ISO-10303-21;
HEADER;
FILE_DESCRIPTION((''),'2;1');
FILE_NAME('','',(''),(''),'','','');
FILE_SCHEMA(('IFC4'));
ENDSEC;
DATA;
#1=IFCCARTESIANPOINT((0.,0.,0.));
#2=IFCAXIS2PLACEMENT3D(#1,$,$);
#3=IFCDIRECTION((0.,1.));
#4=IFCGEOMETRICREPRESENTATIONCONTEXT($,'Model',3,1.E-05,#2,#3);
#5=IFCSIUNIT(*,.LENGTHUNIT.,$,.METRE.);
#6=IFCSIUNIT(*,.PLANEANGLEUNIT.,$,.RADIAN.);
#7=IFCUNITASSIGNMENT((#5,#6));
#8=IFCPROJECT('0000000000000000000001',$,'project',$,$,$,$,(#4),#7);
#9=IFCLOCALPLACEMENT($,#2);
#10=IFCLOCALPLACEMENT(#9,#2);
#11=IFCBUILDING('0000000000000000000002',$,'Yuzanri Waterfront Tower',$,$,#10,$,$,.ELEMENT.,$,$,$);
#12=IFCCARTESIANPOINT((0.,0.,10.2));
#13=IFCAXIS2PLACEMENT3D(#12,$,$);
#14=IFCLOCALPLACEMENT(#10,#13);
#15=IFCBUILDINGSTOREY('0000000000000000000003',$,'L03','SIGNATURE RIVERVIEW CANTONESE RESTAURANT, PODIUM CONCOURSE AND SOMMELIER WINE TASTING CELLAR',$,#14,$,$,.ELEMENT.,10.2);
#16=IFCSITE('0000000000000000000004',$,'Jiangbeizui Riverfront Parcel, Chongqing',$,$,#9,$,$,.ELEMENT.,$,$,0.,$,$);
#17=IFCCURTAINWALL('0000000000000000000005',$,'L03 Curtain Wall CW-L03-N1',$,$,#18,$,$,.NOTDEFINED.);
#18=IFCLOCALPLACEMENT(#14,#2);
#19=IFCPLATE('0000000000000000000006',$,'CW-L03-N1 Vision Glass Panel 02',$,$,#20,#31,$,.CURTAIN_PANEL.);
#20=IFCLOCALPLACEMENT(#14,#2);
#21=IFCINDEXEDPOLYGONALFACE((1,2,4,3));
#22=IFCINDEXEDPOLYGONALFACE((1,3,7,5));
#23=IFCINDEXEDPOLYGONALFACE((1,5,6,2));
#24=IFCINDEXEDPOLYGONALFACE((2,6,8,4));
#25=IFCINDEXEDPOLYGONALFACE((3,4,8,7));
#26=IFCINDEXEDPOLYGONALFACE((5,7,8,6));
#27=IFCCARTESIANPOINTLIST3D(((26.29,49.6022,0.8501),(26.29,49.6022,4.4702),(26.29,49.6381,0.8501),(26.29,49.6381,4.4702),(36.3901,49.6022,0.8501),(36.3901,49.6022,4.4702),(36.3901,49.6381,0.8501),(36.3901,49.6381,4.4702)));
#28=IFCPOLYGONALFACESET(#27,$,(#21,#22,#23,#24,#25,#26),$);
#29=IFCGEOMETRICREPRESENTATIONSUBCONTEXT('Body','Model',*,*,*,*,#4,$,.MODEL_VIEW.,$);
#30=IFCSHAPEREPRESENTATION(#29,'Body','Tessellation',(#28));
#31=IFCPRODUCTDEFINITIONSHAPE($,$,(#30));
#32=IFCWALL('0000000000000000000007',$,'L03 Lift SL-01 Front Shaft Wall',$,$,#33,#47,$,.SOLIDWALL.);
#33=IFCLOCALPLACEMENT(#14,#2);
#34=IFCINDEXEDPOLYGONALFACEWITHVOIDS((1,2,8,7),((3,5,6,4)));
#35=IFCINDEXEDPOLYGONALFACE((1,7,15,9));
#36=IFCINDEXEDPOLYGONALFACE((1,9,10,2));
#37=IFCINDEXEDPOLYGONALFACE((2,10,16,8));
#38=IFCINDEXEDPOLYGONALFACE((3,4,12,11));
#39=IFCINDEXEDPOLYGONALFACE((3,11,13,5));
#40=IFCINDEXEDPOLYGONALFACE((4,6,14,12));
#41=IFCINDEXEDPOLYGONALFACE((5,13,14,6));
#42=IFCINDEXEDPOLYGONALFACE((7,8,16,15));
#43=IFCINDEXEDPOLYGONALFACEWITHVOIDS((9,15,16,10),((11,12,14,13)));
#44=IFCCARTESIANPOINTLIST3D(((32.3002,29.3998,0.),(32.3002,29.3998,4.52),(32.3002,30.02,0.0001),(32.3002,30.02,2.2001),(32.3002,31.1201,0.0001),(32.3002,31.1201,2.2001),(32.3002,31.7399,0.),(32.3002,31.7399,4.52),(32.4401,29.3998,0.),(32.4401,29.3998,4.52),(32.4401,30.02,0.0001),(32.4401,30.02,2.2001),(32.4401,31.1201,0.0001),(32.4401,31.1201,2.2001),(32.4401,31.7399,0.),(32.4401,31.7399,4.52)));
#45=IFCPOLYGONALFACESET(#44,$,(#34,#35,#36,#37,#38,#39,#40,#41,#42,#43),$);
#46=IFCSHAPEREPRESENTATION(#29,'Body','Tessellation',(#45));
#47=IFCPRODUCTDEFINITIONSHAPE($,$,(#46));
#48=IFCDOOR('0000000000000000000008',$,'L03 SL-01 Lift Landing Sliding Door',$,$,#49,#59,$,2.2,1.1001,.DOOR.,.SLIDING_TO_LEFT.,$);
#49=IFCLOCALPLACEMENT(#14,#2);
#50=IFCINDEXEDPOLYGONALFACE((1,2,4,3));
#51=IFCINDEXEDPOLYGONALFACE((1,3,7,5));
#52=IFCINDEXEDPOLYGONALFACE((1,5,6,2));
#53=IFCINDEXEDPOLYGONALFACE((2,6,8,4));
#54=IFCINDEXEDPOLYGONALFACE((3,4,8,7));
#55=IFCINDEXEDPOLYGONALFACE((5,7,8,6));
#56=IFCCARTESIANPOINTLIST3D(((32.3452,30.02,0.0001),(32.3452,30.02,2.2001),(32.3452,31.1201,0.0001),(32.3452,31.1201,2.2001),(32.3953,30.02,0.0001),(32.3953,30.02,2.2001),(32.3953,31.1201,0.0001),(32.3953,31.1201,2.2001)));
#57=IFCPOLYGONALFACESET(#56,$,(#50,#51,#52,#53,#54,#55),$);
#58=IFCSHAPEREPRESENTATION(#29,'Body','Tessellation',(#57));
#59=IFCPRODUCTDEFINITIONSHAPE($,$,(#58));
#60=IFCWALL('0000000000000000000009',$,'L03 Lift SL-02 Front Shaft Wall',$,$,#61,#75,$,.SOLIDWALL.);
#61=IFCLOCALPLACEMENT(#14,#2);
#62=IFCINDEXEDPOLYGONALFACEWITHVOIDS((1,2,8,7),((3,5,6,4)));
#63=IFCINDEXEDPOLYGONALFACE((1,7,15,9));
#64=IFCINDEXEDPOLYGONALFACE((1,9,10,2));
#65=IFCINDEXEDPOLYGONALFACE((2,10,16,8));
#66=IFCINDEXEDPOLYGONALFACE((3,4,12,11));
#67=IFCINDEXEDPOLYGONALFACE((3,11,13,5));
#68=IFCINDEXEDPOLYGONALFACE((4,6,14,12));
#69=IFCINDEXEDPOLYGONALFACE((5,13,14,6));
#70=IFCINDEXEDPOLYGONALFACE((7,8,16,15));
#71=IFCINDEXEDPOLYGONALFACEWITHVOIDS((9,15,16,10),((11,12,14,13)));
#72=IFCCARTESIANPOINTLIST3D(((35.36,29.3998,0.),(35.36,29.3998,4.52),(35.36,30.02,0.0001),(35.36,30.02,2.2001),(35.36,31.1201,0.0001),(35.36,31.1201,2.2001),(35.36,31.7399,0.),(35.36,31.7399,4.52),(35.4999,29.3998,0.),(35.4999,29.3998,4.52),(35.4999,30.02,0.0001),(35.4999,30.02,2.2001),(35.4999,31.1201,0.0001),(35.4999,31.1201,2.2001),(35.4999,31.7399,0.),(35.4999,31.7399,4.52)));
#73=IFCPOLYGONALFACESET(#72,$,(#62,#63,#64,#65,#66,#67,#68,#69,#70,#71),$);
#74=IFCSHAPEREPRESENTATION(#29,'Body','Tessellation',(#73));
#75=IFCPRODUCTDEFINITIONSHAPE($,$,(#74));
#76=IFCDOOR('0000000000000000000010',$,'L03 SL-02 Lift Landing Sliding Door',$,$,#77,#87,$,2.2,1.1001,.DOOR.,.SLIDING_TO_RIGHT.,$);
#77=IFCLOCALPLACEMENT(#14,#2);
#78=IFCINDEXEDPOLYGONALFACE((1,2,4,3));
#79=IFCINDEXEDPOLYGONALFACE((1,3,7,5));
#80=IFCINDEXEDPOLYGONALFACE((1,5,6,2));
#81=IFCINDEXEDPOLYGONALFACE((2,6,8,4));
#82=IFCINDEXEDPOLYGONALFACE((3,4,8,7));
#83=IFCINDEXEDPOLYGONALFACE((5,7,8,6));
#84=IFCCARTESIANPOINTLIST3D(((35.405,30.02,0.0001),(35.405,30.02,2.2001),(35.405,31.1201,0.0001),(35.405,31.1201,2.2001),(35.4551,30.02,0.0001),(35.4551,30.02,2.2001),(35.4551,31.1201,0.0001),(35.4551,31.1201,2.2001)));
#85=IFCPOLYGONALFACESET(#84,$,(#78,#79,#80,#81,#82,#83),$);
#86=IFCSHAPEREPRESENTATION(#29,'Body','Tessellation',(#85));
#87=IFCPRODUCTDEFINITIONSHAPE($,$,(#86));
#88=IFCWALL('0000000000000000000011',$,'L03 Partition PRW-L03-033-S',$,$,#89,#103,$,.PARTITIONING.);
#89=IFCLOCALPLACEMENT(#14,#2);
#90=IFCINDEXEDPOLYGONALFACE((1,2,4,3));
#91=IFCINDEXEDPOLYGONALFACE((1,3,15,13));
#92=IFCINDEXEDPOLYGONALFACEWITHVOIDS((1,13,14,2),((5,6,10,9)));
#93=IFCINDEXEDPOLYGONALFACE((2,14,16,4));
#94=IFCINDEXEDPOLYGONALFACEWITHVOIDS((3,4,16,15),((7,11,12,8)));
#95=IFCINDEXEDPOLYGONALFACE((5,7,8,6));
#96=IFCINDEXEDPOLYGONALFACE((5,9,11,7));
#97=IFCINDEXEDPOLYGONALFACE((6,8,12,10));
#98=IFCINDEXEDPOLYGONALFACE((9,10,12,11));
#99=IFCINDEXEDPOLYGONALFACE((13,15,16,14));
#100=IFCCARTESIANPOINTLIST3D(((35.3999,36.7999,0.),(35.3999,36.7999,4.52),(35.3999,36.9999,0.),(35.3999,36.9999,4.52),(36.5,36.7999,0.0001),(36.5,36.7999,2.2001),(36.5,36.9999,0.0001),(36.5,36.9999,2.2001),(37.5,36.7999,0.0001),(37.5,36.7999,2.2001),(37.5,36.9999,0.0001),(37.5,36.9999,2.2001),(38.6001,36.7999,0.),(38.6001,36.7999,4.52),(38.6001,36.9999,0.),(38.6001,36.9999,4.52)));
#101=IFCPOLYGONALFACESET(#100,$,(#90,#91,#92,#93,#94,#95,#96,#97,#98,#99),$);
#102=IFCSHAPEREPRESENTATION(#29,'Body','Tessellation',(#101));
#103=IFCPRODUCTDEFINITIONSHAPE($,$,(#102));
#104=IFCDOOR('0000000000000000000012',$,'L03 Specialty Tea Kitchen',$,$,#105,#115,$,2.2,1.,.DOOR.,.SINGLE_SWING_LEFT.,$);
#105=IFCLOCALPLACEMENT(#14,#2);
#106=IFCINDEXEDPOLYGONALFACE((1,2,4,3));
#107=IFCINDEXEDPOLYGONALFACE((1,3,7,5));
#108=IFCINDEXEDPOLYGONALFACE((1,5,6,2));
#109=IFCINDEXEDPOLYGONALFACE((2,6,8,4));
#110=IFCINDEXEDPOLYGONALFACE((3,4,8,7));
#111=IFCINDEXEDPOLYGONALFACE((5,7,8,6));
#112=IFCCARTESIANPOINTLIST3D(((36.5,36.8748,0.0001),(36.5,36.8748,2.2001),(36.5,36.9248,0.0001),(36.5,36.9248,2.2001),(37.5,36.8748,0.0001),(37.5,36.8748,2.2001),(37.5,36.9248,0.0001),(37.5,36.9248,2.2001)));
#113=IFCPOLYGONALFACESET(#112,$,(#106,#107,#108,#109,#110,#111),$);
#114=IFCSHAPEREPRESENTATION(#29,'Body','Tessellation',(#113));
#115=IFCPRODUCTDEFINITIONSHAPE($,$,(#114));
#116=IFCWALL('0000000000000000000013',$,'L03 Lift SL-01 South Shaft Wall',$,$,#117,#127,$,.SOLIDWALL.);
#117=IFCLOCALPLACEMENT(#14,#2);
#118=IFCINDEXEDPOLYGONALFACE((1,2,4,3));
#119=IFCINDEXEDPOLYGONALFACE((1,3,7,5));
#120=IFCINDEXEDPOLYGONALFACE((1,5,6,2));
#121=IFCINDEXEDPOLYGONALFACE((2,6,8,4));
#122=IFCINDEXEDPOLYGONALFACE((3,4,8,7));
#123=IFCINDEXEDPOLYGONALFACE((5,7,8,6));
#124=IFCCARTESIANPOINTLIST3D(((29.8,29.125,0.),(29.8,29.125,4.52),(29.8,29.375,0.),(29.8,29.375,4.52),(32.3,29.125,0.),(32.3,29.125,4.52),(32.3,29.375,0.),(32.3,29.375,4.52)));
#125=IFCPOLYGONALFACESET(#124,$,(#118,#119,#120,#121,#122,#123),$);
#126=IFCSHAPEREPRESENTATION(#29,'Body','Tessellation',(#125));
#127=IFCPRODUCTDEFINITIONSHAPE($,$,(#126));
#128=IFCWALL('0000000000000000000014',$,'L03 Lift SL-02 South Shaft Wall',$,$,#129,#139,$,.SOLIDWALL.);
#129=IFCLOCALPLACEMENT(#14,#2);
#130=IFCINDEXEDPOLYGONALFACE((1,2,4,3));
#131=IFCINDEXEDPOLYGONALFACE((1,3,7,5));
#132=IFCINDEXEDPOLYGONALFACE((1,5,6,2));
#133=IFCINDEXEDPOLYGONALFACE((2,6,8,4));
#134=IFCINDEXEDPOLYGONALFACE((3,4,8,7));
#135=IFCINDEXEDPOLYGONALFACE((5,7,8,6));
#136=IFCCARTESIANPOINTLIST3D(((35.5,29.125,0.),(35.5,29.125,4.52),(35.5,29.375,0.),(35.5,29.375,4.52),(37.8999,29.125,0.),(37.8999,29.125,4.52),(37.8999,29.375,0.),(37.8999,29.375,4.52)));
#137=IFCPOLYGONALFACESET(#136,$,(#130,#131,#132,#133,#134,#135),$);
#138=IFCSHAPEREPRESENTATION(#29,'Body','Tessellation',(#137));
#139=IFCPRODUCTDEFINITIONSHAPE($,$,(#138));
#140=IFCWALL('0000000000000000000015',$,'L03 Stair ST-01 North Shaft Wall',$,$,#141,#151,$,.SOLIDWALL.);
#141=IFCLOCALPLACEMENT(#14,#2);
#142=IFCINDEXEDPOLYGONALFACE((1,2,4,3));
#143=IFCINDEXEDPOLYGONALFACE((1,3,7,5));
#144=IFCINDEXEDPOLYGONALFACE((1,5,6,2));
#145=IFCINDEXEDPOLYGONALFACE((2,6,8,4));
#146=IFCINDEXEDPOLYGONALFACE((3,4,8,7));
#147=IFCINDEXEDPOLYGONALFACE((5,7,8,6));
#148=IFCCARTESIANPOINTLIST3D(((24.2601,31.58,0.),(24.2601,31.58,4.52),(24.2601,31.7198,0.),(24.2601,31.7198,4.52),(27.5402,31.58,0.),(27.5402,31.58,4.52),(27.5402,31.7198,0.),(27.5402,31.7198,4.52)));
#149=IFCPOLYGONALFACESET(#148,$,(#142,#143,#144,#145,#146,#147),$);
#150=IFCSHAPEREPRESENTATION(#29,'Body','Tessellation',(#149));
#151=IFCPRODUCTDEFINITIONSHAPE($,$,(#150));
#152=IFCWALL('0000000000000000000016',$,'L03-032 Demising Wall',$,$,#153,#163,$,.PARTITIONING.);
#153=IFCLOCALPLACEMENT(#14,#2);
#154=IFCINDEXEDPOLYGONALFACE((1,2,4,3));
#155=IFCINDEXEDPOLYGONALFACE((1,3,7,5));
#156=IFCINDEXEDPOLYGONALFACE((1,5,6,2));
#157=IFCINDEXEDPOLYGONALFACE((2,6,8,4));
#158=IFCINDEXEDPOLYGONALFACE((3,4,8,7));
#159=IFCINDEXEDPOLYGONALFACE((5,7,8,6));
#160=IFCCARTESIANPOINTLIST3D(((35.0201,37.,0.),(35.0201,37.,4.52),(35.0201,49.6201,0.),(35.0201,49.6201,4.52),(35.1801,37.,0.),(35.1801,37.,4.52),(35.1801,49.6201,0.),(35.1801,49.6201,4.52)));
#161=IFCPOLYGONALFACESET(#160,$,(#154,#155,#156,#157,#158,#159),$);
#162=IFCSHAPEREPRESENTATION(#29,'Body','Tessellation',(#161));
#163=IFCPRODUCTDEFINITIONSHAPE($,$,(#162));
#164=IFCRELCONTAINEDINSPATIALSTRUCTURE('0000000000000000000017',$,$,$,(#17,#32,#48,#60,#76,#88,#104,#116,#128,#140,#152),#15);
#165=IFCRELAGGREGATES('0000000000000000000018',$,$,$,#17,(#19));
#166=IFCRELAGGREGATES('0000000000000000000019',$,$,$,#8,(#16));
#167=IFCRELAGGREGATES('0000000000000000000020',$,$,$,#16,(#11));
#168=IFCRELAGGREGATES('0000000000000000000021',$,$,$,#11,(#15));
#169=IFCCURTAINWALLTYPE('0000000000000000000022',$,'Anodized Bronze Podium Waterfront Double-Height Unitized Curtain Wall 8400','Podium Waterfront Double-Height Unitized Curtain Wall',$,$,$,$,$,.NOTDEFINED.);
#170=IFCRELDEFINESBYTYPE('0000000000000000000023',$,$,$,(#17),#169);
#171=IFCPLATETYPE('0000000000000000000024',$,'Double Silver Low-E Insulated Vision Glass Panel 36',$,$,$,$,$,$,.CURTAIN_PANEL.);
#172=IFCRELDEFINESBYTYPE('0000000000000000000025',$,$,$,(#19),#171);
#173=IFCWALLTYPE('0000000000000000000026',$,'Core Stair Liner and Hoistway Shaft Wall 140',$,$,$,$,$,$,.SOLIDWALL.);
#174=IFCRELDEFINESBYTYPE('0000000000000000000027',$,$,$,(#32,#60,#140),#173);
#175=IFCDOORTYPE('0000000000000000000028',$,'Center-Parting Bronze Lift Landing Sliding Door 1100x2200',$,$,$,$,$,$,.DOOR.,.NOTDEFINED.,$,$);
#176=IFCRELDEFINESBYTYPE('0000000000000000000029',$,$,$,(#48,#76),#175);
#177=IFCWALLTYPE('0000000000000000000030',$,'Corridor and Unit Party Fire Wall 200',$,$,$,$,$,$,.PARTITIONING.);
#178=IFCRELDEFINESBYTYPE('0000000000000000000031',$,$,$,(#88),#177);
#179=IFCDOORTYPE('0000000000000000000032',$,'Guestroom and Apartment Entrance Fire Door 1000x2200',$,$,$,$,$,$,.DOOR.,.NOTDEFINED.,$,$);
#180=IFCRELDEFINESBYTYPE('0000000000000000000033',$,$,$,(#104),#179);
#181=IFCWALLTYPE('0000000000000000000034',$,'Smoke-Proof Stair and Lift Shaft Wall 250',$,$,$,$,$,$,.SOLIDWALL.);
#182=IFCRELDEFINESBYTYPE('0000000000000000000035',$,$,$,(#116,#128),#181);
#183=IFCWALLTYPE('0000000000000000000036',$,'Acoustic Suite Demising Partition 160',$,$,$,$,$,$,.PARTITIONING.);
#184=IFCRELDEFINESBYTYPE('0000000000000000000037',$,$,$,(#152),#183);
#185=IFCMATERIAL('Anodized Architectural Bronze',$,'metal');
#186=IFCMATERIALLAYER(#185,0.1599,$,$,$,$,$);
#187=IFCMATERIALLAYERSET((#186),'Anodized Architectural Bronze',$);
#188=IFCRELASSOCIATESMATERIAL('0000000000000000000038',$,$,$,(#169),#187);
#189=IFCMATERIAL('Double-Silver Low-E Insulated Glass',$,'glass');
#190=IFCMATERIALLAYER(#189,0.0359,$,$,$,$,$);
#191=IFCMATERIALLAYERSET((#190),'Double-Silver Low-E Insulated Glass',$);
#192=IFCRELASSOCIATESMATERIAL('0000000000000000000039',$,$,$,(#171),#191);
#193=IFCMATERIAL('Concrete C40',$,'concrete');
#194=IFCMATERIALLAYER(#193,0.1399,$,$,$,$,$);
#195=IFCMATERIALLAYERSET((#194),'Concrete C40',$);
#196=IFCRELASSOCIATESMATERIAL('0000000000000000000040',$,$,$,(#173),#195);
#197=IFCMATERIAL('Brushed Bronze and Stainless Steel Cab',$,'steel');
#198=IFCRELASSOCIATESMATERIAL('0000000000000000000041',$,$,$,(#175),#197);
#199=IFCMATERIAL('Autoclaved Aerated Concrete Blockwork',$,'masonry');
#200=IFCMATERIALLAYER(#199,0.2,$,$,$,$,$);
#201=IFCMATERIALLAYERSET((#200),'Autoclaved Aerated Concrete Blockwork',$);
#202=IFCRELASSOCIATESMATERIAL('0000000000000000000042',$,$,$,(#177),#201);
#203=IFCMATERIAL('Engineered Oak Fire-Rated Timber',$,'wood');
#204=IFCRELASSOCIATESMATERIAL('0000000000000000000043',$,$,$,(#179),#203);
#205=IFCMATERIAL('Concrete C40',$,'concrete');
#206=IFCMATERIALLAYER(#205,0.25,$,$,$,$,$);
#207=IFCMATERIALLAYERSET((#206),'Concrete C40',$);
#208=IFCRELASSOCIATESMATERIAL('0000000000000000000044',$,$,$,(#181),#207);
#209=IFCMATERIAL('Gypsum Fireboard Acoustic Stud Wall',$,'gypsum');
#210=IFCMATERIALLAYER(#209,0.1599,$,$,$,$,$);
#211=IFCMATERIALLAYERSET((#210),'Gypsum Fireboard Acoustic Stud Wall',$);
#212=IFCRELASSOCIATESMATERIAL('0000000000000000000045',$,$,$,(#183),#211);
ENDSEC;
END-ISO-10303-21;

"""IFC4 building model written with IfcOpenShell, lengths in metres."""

from ifc_helpers import new_model, si_unit, direction, frame, frame_2d, origin, origin_2d, place, context, subcontext, project, spatial, rectangle, extrude, source, transform, mapped, material, layer, layer_set, type_object, element, fill, aggregate, save


model = new_model("IFC4")

# Units and contexts
model_context = context("Model", 3, precision=1e-05, world=origin(), true_north=direction((0.0, 1.0)))
body_context = subcontext(model_context, "Body", "Model", "MODEL_VIEW")
ifc_project = project(units=[si_unit("LENGTHUNIT", "METRE"), si_unit("PLANEANGLEUNIT", "RADIAN")], contexts=[model_context])

# Site, building, storey
site_placement = place(None, origin())
site = spatial("IfcSite", under=ifc_project, at=site_placement, Name="Jiangbeizui Riverfront Parcel, Chongqing", CompositionType="ELEMENT", RefElevation=0.0)
building_placement = place(site_placement, origin())
building = spatial("IfcBuilding", under=site, at=building_placement, Name="Yuzanri Waterfront Tower", CompositionType="ELEMENT")
storey_placement = place(building_placement, frame((0.0, 0.0, 10.2)))
storey = spatial("IfcBuildingStorey", under=building, at=storey_placement, Name="L03", Description="SIGNATURE RIVERVIEW CANTONESE RESTAURANT, PODIUM CONCOURSE AND SOMMELIER WINE TASTING CELLAR", CompositionType="ELEMENT", Elevation=10.2)

# Curtain wall
ifc_material_1 = material(Name="Anodized Architectural Bronze", Category="metal")
ifc_layer_1 = layer(ifc_material_1, 0.1599)
ifc_layer_set_1 = layer_set([ifc_layer_1], Name="Anodized Architectural Bronze")
curtain_wall_type = type_object("IfcCurtainWallType", Name="Anodized Bronze Podium Waterfront Double-Height Unitized Curtain Wall 8400", Description="Podium Waterfront Double-Height Unitized Curtain Wall", PredefinedType="NOTDEFINED", material=ifc_layer_set_1)
curtain_wall_placement = place(storey_placement, origin())
curtain_wall = element("IfcCurtainWall", 1, at=curtain_wall_placement, inside=storey, type_object=curtain_wall_type, Name="L03 Curtain Wall CW-L03-N1", PredefinedType="NOTDEFINED")

# Plate
ifc_material_2 = material(Name="Double-Silver Low-E Insulated Glass", Category="glass")
ifc_layer_2 = layer(ifc_material_2, 0.0359)
ifc_layer_set_2 = layer_set([ifc_layer_2], Name="Double-Silver Low-E Insulated Glass")
plate_type_1 = type_object("IfcPlateType", Name="Double Silver Low-E Insulated Vision Glass Panel 36", PredefinedType="CURTAIN_PANEL", material=ifc_layer_set_2)
shared_shape_1 = source(origin(), body_context, "Body", "SweptSolid", [
    extrude(rectangle(XDim=10.1001, YDim=0.0359, at=origin_2d()), origin(), (0.0, 0.0, 1.0), 3.6201),
])
plate_1_placement = place(storey_placement, frame((31.3401, 49.6201, 0.8501), z_axis=(0.0, 0.0, 1.0), x_axis=(1.0, 0.0, 0.0)))
plate_1 = element("IfcPlate", 2, at=plate_1_placement, type_object=plate_type_1, Name="CW-L03-N1 Vision Glass Panel 02", PredefinedType="CURTAIN_PANEL", context=body_context, shape_type="MappedRepresentation", body=[
    mapped(shared_shape_1, transform((0.0, 0.0, 0.0), scale=1.0)),
])
aggregate(curtain_wall, [plate_1])

# Walls, openings, doors
ifc_material_3 = material(Name="Concrete C40", Category="concrete")
ifc_layer_3 = layer(ifc_material_3, 0.1399)
ifc_layer_set_3 = layer_set([ifc_layer_3], Name="Concrete C40")
wall_type_1 = type_object("IfcWallType", Name="Core Stair Liner and Hoistway Shaft Wall 140", PredefinedType="SOLIDWALL", material=ifc_layer_set_3)
wall_1_placement = place(storey_placement, frame((32.3701, 29.3999, 0.0), z_axis=(0.0, 0.0, 1.0), x_axis=(0.0, 1.0, 0.0)))
wall_1 = element("IfcWall", 3, at=wall_1_placement, inside=storey, type_object=wall_type_1, Name="L03 Lift SL-01 Front Shaft Wall", PredefinedType="SOLIDWALL", context=body_context, shape_type="SweptSolid", body=[
    extrude(rectangle(XDim=2.3401, YDim=0.1399, at=frame_2d((1.1699, 0.0))), origin(), (0.0, 0.0, 1.0), 4.52),
])
opening_1_placement = place(wall_1_placement, frame((0.6201, 0.0, 0.0)))
opening_1 = element("IfcOpeningElement", 4, at=opening_1_placement, cuts=wall_1, PredefinedType="OPENING", context=body_context, shape_type="SweptSolid", body=[
    extrude(rectangle(XDim=1.1001, YDim=2.2, at=frame_2d((0.55, 1.1001))), frame((0.0, 0.085, 0.0), z_axis=(0.0, -1.0, 0.0), x_axis=(1.0, 0.0, 0.0)), (0.0, 0.0, 1.0), 0.1697),
])
ifc_material_4 = material(Name="Brushed Bronze and Stainless Steel Cab", Category="steel")
door_type_1 = type_object("IfcDoorType", Name="Center-Parting Bronze Lift Landing Sliding Door 1100x2200", OperationType="NOTDEFINED", PredefinedType="DOOR", material=ifc_material_4)
shared_shape_2 = source(origin(), body_context, "Body", "SweptSolid", [
    extrude(rectangle(XDim=1.1001, YDim=2.2, at=frame_2d((0.55, 1.1001))), frame((0.0, 0.0249, 0.0), z_axis=(0.0, -1.0, 0.0), x_axis=(1.0, 0.0, 0.0)), (0.0, 0.0, 1.0), 0.05),
])
door_1_placement = place(opening_1_placement, origin())
door_1 = element("IfcDoor", 5, at=door_1_placement, inside=storey, type_object=door_type_1, Name="L03 SL-01 Lift Landing Sliding Door", OperationType="SLIDING_TO_LEFT", OverallHeight=2.2, OverallWidth=1.1001, PredefinedType="DOOR", context=body_context, shape_type="MappedRepresentation", body=[
    mapped(shared_shape_2, transform((0.0, 0.0, 0.0), scale=1.0)),
])
fill(opening_1, door_1)
wall_2_placement = place(storey_placement, frame((35.4299, 29.3999, 0.0), z_axis=(0.0, 0.0, 1.0), x_axis=(0.0, 1.0, 0.0)))
wall_2 = element("IfcWall", 6, at=wall_2_placement, inside=storey, type_object=wall_type_1, Name="L03 Lift SL-02 Front Shaft Wall", PredefinedType="SOLIDWALL", context=body_context, shape_type="SweptSolid", body=[
    extrude(rectangle(XDim=2.3401, YDim=0.1399, at=frame_2d((1.1699, 0.0))), origin(), (0.0, 0.0, 1.0), 4.52),
])
opening_2_placement = place(wall_2_placement, frame((0.6201, 0.0, 0.0)))
opening_2 = element("IfcOpeningElement", 7, at=opening_2_placement, cuts=wall_2, PredefinedType="OPENING", context=body_context, shape_type="SweptSolid", body=[
    extrude(rectangle(XDim=1.1001, YDim=2.2, at=frame_2d((0.55, 1.1001))), frame((0.0, 0.085, 0.0), z_axis=(0.0, -1.0, 0.0), x_axis=(1.0, 0.0, 0.0)), (0.0, 0.0, 1.0), 0.1697),
])
door_2_placement = place(opening_2_placement, origin())
door_2 = element("IfcDoor", 8, at=door_2_placement, inside=storey, type_object=door_type_1, Name="L03 SL-02 Lift Landing Sliding Door", OperationType="SLIDING_TO_RIGHT", OverallHeight=2.2, OverallWidth=1.1001, PredefinedType="DOOR", context=body_context, shape_type="MappedRepresentation", body=[
    mapped(shared_shape_2, transform((0.0, 0.0, 0.0), scale=1.0)),
])
fill(opening_2, door_2)
ifc_material_5 = material(Name="Autoclaved Aerated Concrete Blockwork", Category="masonry")
ifc_layer_4 = layer(ifc_material_5, 0.2)
ifc_layer_set_4 = layer_set([ifc_layer_4], Name="Autoclaved Aerated Concrete Blockwork")
wall_type_2 = type_object("IfcWallType", Name="Corridor and Unit Party Fire Wall 200", PredefinedType="PARTITIONING", material=ifc_layer_set_4)
wall_3_placement = place(storey_placement, frame((35.3999, 36.8999, 0.0), z_axis=(0.0, 0.0, 1.0), x_axis=(1.0, 0.0, 0.0)))
wall_3 = element("IfcWall", 9, at=wall_3_placement, inside=storey, type_object=wall_type_2, Name="L03 Partition PRW-L03-033-S", PredefinedType="PARTITIONING", context=body_context, shape_type="SweptSolid", body=[
    extrude(rectangle(XDim=3.2002, YDim=0.2, at=frame_2d((1.6001, 0.0))), origin(), (0.0, 0.0, 1.0), 4.52),
])
opening_3_placement = place(wall_3_placement, frame((1.1001, 0.0, 0.0)))
opening_3 = element("IfcOpeningElement", 10, at=opening_3_placement, cuts=wall_3, PredefinedType="OPENING", context=body_context, shape_type="SweptSolid", body=[
    extrude(rectangle(XDim=1.0, YDim=2.2, at=frame_2d((0.5, 1.1001))), frame((0.0, 0.1147, 0.0), z_axis=(0.0, -1.0, 0.0), x_axis=(1.0, 0.0, 0.0)), (0.0, 0.0, 1.0), 0.2297),
])
ifc_material_6 = material(Name="Engineered Oak Fire-Rated Timber", Category="wood")
door_type_2 = type_object("IfcDoorType", Name="Guestroom and Apartment Entrance Fire Door 1000x2200", OperationType="NOTDEFINED", PredefinedType="DOOR", material=ifc_material_6)
shared_shape_3 = source(origin(), body_context, "Body", "SweptSolid", [
    extrude(rectangle(XDim=1.0, YDim=2.2, at=frame_2d((0.5, 1.1001))), frame((0.0, 0.0249, 0.0), z_axis=(0.0, -1.0, 0.0), x_axis=(1.0, 0.0, 0.0)), (0.0, 0.0, 1.0), 0.05),
])
door_3_placement = place(opening_3_placement, origin())
door_3 = element("IfcDoor", 11, at=door_3_placement, inside=storey, type_object=door_type_2, Name="L03 Specialty Tea Kitchen", OperationType="SINGLE_SWING_LEFT", OverallHeight=2.2, OverallWidth=1.0, PredefinedType="DOOR", context=body_context, shape_type="MappedRepresentation", body=[
    mapped(shared_shape_3, transform((0.0, 0.0, 0.0), scale=1.0)),
])
fill(opening_3, door_3)

# Walls
ifc_material_7 = material(Name="Concrete C40", Category="concrete")
ifc_layer_5 = layer(ifc_material_7, 0.25)
ifc_layer_set_5 = layer_set([ifc_layer_5], Name="Concrete C40")
wall_type_3 = type_object("IfcWallType", Name="Smoke-Proof Stair and Lift Shaft Wall 250", PredefinedType="SOLIDWALL", material=ifc_layer_set_5)
shared_shape_4 = source(origin(), body_context, "Body", "SweptSolid", [
    extrude(rectangle(XDim=2.5, YDim=0.25, at=frame_2d((1.25, 0.0))), origin(), (0.0, 0.0, 1.0), 4.52),
])
wall_4_placement = place(storey_placement, frame((29.8, 29.25, 0.0), z_axis=(0.0, 0.0, 1.0), x_axis=(1.0, 0.0, 0.0)))
element("IfcWall", 12, at=wall_4_placement, inside=storey, type_object=wall_type_3, Name="L03 Lift SL-01 South Shaft Wall", PredefinedType="SOLIDWALL", context=body_context, shape_type="MappedRepresentation", body=[
    mapped(shared_shape_4, transform((0.0, 0.0, 0.0), scale=1.0)),
])
shared_shape_5 = source(origin(), body_context, "Body", "SweptSolid", [
    extrude(rectangle(XDim=2.3999, YDim=0.25, at=frame_2d((1.2, 0.0))), origin(), (0.0, 0.0, 1.0), 4.52),
])
wall_5_placement = place(storey_placement, frame((35.5, 29.25, 0.0), z_axis=(0.0, 0.0, 1.0), x_axis=(1.0, 0.0, 0.0)))
element("IfcWall", 13, at=wall_5_placement, inside=storey, type_object=wall_type_3, Name="L03 Lift SL-02 South Shaft Wall", PredefinedType="SOLIDWALL", context=body_context, shape_type="MappedRepresentation", body=[
    mapped(shared_shape_5, transform((0.0, 0.0, 0.0), scale=1.0)),
])
shared_shape_6 = source(origin(), body_context, "Body", "SweptSolid", [
    extrude(rectangle(XDim=3.28, YDim=0.1399, at=frame_2d((1.6401, 0.0))), origin(), (0.0, 0.0, 1.0), 4.52),
])
wall_6_placement = place(storey_placement, frame((24.26, 31.6499, 0.0), z_axis=(0.0, 0.0, 1.0), x_axis=(1.0, 0.0, 0.0)))
element("IfcWall", 14, at=wall_6_placement, inside=storey, type_object=wall_type_1, Name="L03 Stair ST-01 North Shaft Wall", PredefinedType="SOLIDWALL", context=body_context, shape_type="MappedRepresentation", body=[
    mapped(shared_shape_6, transform((0.0, 0.0, 0.0), scale=1.0)),
])
ifc_material_8 = material(Name="Gypsum Fireboard Acoustic Stud Wall", Category="gypsum")
ifc_layer_6 = layer(ifc_material_8, 0.1599)
ifc_layer_set_6 = layer_set([ifc_layer_6], Name="Gypsum Fireboard Acoustic Stud Wall")
wall_type_4 = type_object("IfcWallType", Name="Acoustic Suite Demising Partition 160", PredefinedType="PARTITIONING", material=ifc_layer_set_6)
shared_shape_7 = source(origin(), body_context, "Body", "SweptSolid", [
    extrude(rectangle(XDim=12.6201, YDim=0.1599, at=frame_2d((6.3101, 0.0))), origin(), (0.0, 0.0, 1.0), 4.52),
])
wall_7_placement = place(storey_placement, frame((35.1001, 37.0, 0.0), z_axis=(0.0, 0.0, 1.0), x_axis=(0.0, 1.0, 0.0)))
element("IfcWall", 15, at=wall_7_placement, inside=storey, type_object=wall_type_4, Name="L03-032 Demising Wall", PredefinedType="PARTITIONING", context=body_context, shape_type="MappedRepresentation", body=[
    mapped(shared_shape_7, transform((0.0, 0.0, 0.0), scale=1.0)),
])

save(model, "model.ifc")
